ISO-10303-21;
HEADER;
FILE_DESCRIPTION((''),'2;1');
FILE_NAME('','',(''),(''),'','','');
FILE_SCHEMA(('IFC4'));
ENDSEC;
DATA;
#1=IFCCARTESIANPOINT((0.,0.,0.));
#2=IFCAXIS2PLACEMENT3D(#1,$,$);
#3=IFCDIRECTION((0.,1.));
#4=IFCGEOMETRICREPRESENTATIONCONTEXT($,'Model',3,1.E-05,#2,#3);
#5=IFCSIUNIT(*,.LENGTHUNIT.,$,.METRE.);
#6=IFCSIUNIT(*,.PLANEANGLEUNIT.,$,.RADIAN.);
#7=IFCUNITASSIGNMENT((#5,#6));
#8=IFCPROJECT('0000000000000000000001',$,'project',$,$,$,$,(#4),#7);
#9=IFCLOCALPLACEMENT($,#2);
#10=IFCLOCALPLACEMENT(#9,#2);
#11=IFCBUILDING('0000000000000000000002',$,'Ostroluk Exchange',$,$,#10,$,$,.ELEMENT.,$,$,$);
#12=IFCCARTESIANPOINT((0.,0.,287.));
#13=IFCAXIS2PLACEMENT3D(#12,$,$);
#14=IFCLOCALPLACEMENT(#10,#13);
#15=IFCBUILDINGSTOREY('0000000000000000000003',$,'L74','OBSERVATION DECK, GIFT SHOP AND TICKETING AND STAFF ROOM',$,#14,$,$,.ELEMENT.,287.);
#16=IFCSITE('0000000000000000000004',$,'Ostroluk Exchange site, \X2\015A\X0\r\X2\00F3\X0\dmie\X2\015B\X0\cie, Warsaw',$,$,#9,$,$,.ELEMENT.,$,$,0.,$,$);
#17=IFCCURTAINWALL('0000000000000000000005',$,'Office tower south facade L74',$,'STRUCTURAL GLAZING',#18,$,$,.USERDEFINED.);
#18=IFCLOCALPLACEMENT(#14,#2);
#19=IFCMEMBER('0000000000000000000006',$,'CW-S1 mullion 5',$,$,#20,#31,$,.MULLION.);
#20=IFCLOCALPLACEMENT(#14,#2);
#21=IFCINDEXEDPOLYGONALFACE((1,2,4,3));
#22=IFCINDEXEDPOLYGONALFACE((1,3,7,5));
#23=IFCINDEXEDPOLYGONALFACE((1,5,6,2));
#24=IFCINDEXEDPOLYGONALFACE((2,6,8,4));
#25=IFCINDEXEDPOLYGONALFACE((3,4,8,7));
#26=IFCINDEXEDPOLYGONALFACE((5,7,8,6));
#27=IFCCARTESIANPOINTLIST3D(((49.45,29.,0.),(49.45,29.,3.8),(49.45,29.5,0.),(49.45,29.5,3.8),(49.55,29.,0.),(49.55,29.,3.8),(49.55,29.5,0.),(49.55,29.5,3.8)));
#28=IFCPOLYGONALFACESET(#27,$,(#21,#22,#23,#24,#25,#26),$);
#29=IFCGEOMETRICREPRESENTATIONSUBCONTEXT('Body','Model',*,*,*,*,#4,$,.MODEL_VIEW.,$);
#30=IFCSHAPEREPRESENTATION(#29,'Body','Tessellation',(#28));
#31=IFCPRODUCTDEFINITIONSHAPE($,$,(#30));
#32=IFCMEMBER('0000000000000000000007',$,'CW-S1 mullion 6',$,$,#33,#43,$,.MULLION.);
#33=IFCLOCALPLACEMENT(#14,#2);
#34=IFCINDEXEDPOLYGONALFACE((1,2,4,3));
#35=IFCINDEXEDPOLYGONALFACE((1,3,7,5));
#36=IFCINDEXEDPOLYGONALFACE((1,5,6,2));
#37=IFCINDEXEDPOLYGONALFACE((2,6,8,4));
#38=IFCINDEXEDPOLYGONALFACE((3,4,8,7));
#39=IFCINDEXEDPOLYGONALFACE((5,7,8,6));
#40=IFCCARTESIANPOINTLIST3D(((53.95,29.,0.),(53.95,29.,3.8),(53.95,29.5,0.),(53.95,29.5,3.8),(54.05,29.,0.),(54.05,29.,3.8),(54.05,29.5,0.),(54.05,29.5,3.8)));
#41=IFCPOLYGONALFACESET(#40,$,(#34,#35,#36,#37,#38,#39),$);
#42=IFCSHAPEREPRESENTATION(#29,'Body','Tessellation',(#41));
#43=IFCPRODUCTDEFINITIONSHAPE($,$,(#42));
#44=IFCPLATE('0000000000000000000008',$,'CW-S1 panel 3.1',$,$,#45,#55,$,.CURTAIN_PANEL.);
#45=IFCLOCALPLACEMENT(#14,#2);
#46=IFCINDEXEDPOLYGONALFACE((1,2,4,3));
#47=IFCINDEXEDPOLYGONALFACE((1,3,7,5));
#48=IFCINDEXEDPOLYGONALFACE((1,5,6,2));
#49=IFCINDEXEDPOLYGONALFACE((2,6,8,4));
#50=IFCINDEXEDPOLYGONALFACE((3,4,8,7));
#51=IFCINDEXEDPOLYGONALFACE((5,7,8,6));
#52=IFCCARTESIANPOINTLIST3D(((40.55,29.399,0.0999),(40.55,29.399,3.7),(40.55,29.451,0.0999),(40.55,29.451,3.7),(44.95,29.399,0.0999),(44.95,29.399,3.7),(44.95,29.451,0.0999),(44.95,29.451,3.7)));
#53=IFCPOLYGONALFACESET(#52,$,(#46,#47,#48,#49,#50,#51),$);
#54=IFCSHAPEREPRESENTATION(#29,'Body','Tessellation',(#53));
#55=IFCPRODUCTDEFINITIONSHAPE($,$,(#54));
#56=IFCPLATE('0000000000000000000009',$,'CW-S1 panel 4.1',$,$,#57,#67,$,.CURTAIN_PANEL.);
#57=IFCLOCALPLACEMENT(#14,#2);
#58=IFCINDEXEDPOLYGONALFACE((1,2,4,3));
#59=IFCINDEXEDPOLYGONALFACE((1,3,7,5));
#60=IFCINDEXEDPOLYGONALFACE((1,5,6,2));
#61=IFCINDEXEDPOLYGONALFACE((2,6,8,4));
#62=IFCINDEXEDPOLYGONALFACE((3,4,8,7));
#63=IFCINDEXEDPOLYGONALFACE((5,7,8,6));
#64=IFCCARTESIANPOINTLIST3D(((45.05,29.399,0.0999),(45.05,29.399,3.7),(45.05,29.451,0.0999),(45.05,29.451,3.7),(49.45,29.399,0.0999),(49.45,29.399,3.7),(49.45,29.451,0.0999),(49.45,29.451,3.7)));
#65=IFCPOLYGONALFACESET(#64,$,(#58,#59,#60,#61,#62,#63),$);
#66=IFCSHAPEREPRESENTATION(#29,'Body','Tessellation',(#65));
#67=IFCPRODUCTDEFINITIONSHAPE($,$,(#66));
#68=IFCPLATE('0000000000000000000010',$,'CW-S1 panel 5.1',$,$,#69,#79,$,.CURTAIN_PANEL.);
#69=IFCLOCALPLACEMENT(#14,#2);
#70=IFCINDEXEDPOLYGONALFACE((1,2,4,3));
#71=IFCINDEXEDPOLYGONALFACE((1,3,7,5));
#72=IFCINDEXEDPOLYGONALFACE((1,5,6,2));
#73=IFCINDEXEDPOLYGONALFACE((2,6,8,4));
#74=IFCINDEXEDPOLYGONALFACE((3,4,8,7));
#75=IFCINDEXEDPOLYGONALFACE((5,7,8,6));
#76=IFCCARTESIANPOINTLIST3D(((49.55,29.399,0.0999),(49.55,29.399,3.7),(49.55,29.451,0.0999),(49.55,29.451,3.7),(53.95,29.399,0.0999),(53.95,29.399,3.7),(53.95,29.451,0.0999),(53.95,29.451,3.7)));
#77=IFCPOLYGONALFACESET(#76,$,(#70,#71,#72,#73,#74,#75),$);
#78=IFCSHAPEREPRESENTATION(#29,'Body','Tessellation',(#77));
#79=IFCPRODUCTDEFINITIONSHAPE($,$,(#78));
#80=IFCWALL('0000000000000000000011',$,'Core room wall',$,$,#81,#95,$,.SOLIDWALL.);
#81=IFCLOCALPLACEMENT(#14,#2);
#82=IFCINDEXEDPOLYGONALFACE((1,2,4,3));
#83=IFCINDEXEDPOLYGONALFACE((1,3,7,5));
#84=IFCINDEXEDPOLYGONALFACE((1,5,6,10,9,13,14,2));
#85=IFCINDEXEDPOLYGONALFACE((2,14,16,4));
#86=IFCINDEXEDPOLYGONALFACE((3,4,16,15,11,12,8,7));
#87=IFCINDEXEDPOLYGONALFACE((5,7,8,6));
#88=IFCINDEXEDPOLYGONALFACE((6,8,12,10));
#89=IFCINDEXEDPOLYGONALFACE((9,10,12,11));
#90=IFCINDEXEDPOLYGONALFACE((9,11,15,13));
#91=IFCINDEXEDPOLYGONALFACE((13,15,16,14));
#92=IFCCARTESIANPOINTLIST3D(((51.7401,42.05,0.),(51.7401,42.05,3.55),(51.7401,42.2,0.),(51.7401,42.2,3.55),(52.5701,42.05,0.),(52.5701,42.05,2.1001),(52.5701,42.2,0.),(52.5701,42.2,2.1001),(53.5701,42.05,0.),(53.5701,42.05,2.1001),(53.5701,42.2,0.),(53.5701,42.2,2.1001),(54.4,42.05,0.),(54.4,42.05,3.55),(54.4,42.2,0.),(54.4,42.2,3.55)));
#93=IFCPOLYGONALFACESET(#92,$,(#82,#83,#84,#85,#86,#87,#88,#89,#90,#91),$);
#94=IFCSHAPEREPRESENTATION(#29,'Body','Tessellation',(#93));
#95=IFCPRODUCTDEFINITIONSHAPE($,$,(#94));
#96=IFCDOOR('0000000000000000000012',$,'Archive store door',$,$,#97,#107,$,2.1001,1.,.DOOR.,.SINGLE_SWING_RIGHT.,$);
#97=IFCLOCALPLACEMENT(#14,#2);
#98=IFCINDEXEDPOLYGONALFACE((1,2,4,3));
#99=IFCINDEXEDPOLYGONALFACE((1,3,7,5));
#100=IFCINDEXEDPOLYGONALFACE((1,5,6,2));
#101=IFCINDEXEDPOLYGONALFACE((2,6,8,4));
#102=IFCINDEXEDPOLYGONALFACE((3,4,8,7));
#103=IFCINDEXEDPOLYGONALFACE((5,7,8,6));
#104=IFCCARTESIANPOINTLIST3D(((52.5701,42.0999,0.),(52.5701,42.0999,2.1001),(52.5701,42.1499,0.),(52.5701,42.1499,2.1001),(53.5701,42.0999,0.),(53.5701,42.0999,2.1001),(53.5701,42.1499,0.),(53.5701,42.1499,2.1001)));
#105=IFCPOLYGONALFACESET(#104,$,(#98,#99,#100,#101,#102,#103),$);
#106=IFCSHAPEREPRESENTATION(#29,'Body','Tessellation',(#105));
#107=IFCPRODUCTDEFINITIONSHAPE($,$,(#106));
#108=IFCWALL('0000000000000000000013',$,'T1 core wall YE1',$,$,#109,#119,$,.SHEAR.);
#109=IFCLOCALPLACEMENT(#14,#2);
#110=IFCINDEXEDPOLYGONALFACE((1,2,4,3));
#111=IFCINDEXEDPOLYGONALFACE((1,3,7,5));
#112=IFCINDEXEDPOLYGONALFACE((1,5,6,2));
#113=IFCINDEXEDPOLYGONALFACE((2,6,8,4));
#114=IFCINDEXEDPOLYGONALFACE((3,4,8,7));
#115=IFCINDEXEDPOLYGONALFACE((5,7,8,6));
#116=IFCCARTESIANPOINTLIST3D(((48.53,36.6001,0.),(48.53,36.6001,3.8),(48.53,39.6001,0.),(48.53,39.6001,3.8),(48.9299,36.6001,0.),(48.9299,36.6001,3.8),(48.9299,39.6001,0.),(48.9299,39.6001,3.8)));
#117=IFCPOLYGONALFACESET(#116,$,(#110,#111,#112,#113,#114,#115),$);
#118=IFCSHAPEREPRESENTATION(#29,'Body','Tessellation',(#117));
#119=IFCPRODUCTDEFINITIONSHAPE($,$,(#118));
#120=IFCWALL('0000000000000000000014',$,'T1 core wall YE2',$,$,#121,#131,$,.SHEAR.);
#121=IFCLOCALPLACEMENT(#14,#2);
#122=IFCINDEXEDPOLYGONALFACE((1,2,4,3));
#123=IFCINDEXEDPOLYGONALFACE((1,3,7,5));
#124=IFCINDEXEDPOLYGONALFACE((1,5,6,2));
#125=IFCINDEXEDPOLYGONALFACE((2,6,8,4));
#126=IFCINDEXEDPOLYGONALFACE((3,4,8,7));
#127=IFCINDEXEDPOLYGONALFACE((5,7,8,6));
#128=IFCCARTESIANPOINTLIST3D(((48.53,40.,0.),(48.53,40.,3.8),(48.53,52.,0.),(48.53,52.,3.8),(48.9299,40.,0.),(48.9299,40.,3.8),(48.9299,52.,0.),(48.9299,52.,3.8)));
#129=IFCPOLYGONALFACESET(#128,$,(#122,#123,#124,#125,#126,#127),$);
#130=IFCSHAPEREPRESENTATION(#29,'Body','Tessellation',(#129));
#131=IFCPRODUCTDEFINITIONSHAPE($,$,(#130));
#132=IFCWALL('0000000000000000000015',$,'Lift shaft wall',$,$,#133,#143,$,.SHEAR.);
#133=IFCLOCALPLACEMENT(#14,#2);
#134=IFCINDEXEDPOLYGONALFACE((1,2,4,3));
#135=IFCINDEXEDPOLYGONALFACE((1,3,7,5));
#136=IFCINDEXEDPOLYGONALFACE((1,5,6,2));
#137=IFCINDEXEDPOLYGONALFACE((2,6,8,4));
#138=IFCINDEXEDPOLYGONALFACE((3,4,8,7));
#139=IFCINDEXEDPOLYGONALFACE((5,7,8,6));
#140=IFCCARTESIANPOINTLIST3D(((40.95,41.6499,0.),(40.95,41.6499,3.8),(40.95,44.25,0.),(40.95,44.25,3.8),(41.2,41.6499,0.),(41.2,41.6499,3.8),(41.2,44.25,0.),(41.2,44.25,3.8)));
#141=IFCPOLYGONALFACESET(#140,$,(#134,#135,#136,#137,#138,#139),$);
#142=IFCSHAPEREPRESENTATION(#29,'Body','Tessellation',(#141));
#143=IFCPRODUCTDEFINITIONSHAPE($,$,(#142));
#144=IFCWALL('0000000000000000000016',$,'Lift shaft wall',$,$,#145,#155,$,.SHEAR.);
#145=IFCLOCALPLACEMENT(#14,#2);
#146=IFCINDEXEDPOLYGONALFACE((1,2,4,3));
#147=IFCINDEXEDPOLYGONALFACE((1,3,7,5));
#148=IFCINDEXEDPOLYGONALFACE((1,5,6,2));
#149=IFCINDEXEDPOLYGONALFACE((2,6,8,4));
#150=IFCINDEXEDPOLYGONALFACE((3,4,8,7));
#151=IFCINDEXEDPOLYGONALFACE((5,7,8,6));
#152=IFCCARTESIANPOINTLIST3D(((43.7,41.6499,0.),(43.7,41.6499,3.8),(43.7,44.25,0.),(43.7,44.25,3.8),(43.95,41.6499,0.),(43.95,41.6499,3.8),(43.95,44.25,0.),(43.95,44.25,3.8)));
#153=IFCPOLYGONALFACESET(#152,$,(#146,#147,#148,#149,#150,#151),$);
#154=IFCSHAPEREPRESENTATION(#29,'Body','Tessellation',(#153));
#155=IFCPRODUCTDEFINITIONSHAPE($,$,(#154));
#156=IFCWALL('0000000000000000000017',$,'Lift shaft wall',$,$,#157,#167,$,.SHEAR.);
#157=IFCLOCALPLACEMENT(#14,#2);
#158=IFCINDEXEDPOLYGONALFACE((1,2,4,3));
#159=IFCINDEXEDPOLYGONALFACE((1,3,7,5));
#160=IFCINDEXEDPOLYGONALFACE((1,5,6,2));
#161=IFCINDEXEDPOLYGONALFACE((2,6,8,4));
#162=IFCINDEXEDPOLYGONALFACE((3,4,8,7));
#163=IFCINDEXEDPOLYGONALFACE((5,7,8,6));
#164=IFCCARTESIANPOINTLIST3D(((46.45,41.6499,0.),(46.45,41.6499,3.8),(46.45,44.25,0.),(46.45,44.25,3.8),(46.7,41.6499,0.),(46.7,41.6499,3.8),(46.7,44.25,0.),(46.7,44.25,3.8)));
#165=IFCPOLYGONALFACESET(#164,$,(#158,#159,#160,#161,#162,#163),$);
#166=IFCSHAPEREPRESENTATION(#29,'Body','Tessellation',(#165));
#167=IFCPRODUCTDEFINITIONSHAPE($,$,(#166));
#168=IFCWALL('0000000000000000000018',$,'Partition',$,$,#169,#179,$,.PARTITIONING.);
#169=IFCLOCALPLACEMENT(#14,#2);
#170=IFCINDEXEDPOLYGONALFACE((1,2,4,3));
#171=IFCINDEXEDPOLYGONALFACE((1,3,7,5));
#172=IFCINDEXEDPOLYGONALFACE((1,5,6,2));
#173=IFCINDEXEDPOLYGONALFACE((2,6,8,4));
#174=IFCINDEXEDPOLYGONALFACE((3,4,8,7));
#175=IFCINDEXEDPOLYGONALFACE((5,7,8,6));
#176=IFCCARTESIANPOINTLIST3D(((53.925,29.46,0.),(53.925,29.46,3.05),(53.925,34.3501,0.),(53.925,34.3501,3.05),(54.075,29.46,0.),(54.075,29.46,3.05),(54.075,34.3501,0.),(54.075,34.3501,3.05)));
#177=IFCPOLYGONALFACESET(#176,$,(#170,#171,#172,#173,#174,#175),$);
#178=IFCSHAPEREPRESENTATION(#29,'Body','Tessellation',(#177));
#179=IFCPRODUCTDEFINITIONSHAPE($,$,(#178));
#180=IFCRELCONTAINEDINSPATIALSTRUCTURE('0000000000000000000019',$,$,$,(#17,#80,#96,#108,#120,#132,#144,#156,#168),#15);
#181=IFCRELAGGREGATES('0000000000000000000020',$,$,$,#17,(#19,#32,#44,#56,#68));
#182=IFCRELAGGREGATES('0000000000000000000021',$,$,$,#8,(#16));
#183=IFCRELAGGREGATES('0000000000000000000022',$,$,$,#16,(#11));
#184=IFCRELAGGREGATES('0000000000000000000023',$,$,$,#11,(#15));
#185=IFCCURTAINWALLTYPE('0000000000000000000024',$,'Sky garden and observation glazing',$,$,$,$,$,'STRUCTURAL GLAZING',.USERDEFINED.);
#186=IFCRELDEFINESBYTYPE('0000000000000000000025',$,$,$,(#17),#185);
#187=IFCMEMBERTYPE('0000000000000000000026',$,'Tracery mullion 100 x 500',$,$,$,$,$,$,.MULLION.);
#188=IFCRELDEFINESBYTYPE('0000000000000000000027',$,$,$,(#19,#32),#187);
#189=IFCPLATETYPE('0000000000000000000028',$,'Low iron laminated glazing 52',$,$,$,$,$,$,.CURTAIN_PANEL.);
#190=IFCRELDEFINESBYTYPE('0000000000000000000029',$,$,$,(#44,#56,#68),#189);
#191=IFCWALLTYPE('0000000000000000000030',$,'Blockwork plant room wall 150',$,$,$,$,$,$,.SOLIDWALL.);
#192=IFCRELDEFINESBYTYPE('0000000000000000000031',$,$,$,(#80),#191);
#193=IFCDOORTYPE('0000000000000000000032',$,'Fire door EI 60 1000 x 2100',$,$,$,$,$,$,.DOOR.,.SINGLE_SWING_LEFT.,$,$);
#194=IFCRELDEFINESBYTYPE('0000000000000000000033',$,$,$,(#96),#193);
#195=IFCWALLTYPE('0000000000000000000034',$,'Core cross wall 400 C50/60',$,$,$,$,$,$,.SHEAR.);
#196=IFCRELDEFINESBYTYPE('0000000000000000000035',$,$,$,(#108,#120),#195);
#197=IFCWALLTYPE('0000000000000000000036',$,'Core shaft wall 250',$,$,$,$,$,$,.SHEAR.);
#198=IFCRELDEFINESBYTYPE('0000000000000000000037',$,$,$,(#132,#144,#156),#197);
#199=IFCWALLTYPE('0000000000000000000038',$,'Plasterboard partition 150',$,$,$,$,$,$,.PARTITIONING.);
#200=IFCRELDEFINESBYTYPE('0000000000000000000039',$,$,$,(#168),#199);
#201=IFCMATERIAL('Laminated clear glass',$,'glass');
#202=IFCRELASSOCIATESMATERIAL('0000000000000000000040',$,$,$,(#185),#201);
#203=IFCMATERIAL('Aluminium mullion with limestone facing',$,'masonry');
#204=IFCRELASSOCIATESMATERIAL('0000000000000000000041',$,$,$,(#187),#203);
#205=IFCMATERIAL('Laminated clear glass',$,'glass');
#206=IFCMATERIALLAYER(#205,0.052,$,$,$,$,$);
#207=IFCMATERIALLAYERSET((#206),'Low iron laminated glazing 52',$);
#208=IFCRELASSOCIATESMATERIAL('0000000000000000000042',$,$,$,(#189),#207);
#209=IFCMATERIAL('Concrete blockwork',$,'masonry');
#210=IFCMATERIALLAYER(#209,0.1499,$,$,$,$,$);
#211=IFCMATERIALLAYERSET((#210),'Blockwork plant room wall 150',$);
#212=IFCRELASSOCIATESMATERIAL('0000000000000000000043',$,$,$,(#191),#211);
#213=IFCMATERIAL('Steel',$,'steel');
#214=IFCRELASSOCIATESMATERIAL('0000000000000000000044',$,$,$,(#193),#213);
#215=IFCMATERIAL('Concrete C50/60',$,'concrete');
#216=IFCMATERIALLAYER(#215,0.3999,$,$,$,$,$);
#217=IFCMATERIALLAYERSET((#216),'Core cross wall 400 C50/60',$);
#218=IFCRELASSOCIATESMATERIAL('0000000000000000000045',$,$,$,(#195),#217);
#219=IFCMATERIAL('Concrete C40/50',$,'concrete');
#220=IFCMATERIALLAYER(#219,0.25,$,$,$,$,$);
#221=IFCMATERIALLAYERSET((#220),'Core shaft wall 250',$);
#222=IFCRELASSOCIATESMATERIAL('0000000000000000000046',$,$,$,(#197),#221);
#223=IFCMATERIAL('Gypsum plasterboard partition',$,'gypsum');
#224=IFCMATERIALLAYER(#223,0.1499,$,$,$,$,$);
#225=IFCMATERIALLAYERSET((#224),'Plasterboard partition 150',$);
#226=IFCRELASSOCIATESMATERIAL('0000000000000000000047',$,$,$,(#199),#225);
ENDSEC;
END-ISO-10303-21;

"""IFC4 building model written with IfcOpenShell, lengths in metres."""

from ifc_helpers import new_model, si_unit, direction, frame, frame_2d, origin, origin_2d, place, context, subcontext, project, spatial, rectangle, extrude, material, layer, layer_set, material_profile, profile_set, type_object, element, fill, aggregate, save


model = new_model("IFC4")

# Units and contexts
model_context = context("Model", 3, precision=1e-05, world=origin(), true_north=direction((0.0, 1.0)))
body_context = subcontext(model_context, "Body", "Model", "MODEL_VIEW")
ifc_project = project(units=[si_unit("LENGTHUNIT", "METRE"), si_unit("PLANEANGLEUNIT", "RADIAN")], contexts=[model_context])

# Site, building, storey
site_placement = place(None, origin())
site = spatial("IfcSite", under=ifc_project, at=site_placement, Name="Ostroluk Exchange site, Śródmieście, Warsaw", CompositionType="ELEMENT", RefElevation=0.0)
building_placement = place(site_placement, origin())
building = spatial("IfcBuilding", under=site, at=building_placement, Name="Ostroluk Exchange", CompositionType="ELEMENT")
storey_placement = place(building_placement, frame((0.0, 0.0, 287.0)))
storey = spatial("IfcBuildingStorey", under=building, at=storey_placement, Name="L74", Description="OBSERVATION DECK, GIFT SHOP AND TICKETING AND STAFF ROOM", CompositionType="ELEMENT", Elevation=287.0)

# Curtain wall, members, plates
ifc_material_1 = material(Name="Laminated clear glass", Category="glass")
curtain_wall_type = type_object("IfcCurtainWallType", Name="Sky garden and observation glazing", ElementType="STRUCTURAL GLAZING", PredefinedType="USERDEFINED", material=ifc_material_1)
curtain_wall_placement = place(storey_placement, origin())
curtain_wall = element("IfcCurtainWall", 1, at=curtain_wall_placement, inside=storey, type_object=curtain_wall_type, Name="Office tower south facade L74", ObjectType="STRUCTURAL GLAZING", PredefinedType="USERDEFINED")
ifc_material_2 = material(Name="Aluminium mullion with limestone facing", Category="masonry")
ifc_material_profile_1 = material_profile(ifc_material_2, rectangle(XDim=0.5, YDim=0.1001, at=origin_2d()), Name="Tracery mullion 100 x 500")
ifc_profile_set_1 = profile_set([ifc_material_profile_1], Name="Aluminium mullion with limestone facing")
member_type_1 = type_object("IfcMemberType", Name="Tracery mullion 100 x 500", PredefinedType="MULLION", material=ifc_profile_set_1)
member_1_placement = place(storey_placement, frame((49.5, 29.25, 0.0), z_axis=(0.0, 0.0, 1.0), x_axis=(0.0, 1.0, 0.0)))
member_1 = element("IfcMember", 2, at=member_1_placement, type_object=member_type_1, Name="CW-S1 mullion 5", PredefinedType="MULLION", context=body_context, shape_type="SweptSolid", body=[
    extrude(rectangle(XDim=0.5, YDim=0.1001, at=origin_2d()), origin(), (0.0, 0.0, 1.0), 3.8),
])
member_2_placement = place(storey_placement, frame((54.0, 29.25, 0.0), z_axis=(0.0, 0.0, 1.0), x_axis=(0.0, 1.0, 0.0)))
member_2 = element("IfcMember", 3, at=member_2_placement, type_object=member_type_1, Name="CW-S1 mullion 6", PredefinedType="MULLION", context=body_context, shape_type="SweptSolid", body=[
    extrude(rectangle(XDim=0.5, YDim=0.1001, at=origin_2d()), origin(), (0.0, 0.0, 1.0), 3.8),
])
ifc_material_3 = material(Name="Laminated clear glass", Category="glass")
ifc_layer_1 = layer(ifc_material_3, 0.052)
ifc_layer_set_1 = layer_set([ifc_layer_1], Name="Low iron laminated glazing 52")
plate_type = type_object("IfcPlateType", Name="Low iron laminated glazing 52", PredefinedType="CURTAIN_PANEL", material=ifc_layer_set_1)
plate_1_placement = place(storey_placement, frame((42.75, 29.425, 0.0999), z_axis=(0.0, 0.0, 1.0), x_axis=(1.0, 0.0, 0.0)))
plate_1 = element("IfcPlate", 4, at=plate_1_placement, type_object=plate_type, Name="CW-S1 panel 3.1", PredefinedType="CURTAIN_PANEL", context=body_context, shape_type="SweptSolid", body=[
    extrude(rectangle(XDim=4.3999, YDim=0.052, at=origin_2d()), origin(), (0.0, 0.0, 1.0), 3.6001),
])
plate_2_placement = place(storey_placement, frame((47.25, 29.425, 0.0999), z_axis=(0.0, 0.0, 1.0), x_axis=(1.0, 0.0, 0.0)))
plate_2 = element("IfcPlate", 5, at=plate_2_placement, type_object=plate_type, Name="CW-S1 panel 4.1", PredefinedType="CURTAIN_PANEL", context=body_context, shape_type="SweptSolid", body=[
    extrude(rectangle(XDim=4.3999, YDim=0.052, at=origin_2d()), origin(), (0.0, 0.0, 1.0), 3.6001),
])
plate_3_placement = place(storey_placement, frame((51.75, 29.425, 0.0999), z_axis=(0.0, 0.0, 1.0), x_axis=(1.0, 0.0, 0.0)))
plate_3 = element("IfcPlate", 6, at=plate_3_placement, type_object=plate_type, Name="CW-S1 panel 5.1", PredefinedType="CURTAIN_PANEL", context=body_context, shape_type="SweptSolid", body=[
    extrude(rectangle(XDim=4.3999, YDim=0.052, at=origin_2d()), origin(), (0.0, 0.0, 1.0), 3.6001),
])
aggregate(curtain_wall, [member_1, member_2, plate_1, plate_2, plate_3])

# Wall, opening, door
ifc_material_4 = material(Name="Concrete blockwork", Category="masonry")
ifc_layer_2 = layer(ifc_material_4, 0.1499)
ifc_layer_set_2 = layer_set([ifc_layer_2], Name="Blockwork plant room wall 150")
wall_type_1 = type_object("IfcWallType", Name="Blockwork plant room wall 150", PredefinedType="SOLIDWALL", material=ifc_layer_set_2)
wall_1_placement = place(storey_placement, frame((51.74, 42.125, 0.0), z_axis=(0.0, 0.0, 1.0), x_axis=(1.0, 0.0, 0.0)))
wall_1 = element("IfcWall", 7, at=wall_1_placement, inside=storey, type_object=wall_type_1, Name="Core room wall", PredefinedType="SOLIDWALL", context=body_context, shape_type="SweptSolid", body=[
    extrude(rectangle(XDim=2.6599, YDim=0.1499, at=frame_2d((1.3301, 0.0))), origin(), (0.0, 0.0, 1.0), 3.55),
])
opening_1_placement = place(wall_1_placement, frame((0.8301, 0.0, 0.0)))
opening_1 = element("IfcOpeningElement", 8, at=opening_1_placement, cuts=wall_1, PredefinedType="OPENING", context=body_context, shape_type="SweptSolid", body=[
    extrude(rectangle(XDim=1.0, YDim=2.1001, at=frame_2d((0.5, 1.05))), frame((0.0, 0.085, 0.0), z_axis=(0.0, -1.0, 0.0), x_axis=(1.0, 0.0, 0.0)), (0.0, 0.0, 1.0), 0.1699),
])
ifc_material_5 = material(Name="Steel", Category="steel")
door_type_1 = type_object("IfcDoorType", Name="Fire door EI 60 1000 x 2100", OperationType="SINGLE_SWING_LEFT", PredefinedType="DOOR", material=ifc_material_5)
door_1_placement = place(opening_1_placement, origin())
door_1 = element("IfcDoor", 9, at=door_1_placement, inside=storey, type_object=door_type_1, Name="Archive store door", OperationType="SINGLE_SWING_RIGHT", OverallHeight=2.1001, OverallWidth=1.0, PredefinedType="DOOR", context=body_context, shape_type="SweptSolid", body=[
    extrude(rectangle(XDim=1.0, YDim=2.1001, at=frame_2d((0.5, 1.05))), frame((0.0, 0.0249, 0.0), z_axis=(0.0, -1.0, 0.0), x_axis=(1.0, 0.0, 0.0)), (0.0, 0.0, 1.0), 0.05),
])
fill(opening_1, door_1)

# Walls
ifc_material_6 = material(Name="Concrete C50/60", Category="concrete")
ifc_layer_3 = layer(ifc_material_6, 0.3999)
ifc_layer_set_3 = layer_set([ifc_layer_3], Name="Core cross wall 400 C50/60")
wall_type_2 = type_object("IfcWallType", Name="Core cross wall 400 C50/60", PredefinedType="SHEAR", material=ifc_layer_set_3)
wall_2_placement = place(storey_placement, frame((48.73, 36.6001, 0.0), z_axis=(0.0, 0.0, 1.0), x_axis=(0.0, 1.0, 0.0)))
element("IfcWall", 10, at=wall_2_placement, inside=storey, type_object=wall_type_2, Name="T1 core wall YE1", PredefinedType="SHEAR", context=body_context, shape_type="SweptSolid", body=[
    extrude(rectangle(XDim=3.0, YDim=0.3999, at=frame_2d((1.5, 0.0))), origin(), (0.0, 0.0, 1.0), 3.8),
])
wall_3_placement = place(storey_placement, frame((48.73, 40.0, 0.0), z_axis=(0.0, 0.0, 1.0), x_axis=(0.0, 1.0, 0.0)))
element("IfcWall", 11, at=wall_3_placement, inside=storey, type_object=wall_type_2, Name="T1 core wall YE2", PredefinedType="SHEAR", context=body_context, shape_type="SweptSolid", body=[
    extrude(rectangle(XDim=12.0, YDim=0.3999, at=frame_2d((6.0, 0.0))), origin(), (0.0, 0.0, 1.0), 3.8),
])

# Shared definitions
ifc_material_7 = material(Name="Concrete C40/50", Category="concrete")
ifc_layer_4 = layer(ifc_material_7, 0.25)
ifc_layer_set_4 = layer_set([ifc_layer_4], Name="Core shaft wall 250")
wall_type_3 = type_object("IfcWallType", Name="Core shaft wall 250", PredefinedType="SHEAR", material=ifc_layer_set_4)

# Walls
for number, where, z_axis, x_axis, name in (
    (12, (41.075, 44.25, 0.0), (0.0, 0.0, 1.0), (0.0, -1.0, 0.0), "Lift shaft wall"),
    (13, (43.825, 44.25, 0.0), (0.0, 0.0, 1.0), (0.0, -1.0, 0.0), "Lift shaft wall"),
    (14, (46.575, 44.25, 0.0), (0.0, 0.0, 1.0), (0.0, -1.0, 0.0), "Lift shaft wall"),
):
    element("IfcWall", number, at=place(storey_placement, frame(where, z_axis=z_axis, x_axis=x_axis)), inside=storey, type_object=wall_type_3, Name=name, PredefinedType="SHEAR", context=body_context, shape_type="SweptSolid", body=[
        extrude(rectangle(XDim=2.6001, YDim=0.25, at=frame_2d((1.3, 0.0))), origin(), (0.0, 0.0, 1.0), 3.8),
    ])

# Wall
ifc_material_8 = material(Name="Gypsum plasterboard partition", Category="gypsum")
ifc_layer_5 = layer(ifc_material_8, 0.1499)
ifc_layer_set_5 = layer_set([ifc_layer_5], Name="Plasterboard partition 150")
wall_type_4 = type_object("IfcWallType", Name="Plasterboard partition 150", PredefinedType="PARTITIONING", material=ifc_layer_set_5)
wall_4_placement = place(storey_placement, frame((54.0, 34.3501, 0.0), z_axis=(0.0, 0.0, 1.0), x_axis=(0.0, -1.0, 0.0)))
element("IfcWall", 15, at=wall_4_placement, inside=storey, type_object=wall_type_4, Name="Partition", PredefinedType="PARTITIONING", context=body_context, shape_type="SweptSolid", body=[
    extrude(rectangle(XDim=4.8901, YDim=0.1499, at=frame_2d((2.4451, 0.0))), origin(), (0.0, 0.0, 1.0), 3.05),
])

save(model, "model.ifc")
